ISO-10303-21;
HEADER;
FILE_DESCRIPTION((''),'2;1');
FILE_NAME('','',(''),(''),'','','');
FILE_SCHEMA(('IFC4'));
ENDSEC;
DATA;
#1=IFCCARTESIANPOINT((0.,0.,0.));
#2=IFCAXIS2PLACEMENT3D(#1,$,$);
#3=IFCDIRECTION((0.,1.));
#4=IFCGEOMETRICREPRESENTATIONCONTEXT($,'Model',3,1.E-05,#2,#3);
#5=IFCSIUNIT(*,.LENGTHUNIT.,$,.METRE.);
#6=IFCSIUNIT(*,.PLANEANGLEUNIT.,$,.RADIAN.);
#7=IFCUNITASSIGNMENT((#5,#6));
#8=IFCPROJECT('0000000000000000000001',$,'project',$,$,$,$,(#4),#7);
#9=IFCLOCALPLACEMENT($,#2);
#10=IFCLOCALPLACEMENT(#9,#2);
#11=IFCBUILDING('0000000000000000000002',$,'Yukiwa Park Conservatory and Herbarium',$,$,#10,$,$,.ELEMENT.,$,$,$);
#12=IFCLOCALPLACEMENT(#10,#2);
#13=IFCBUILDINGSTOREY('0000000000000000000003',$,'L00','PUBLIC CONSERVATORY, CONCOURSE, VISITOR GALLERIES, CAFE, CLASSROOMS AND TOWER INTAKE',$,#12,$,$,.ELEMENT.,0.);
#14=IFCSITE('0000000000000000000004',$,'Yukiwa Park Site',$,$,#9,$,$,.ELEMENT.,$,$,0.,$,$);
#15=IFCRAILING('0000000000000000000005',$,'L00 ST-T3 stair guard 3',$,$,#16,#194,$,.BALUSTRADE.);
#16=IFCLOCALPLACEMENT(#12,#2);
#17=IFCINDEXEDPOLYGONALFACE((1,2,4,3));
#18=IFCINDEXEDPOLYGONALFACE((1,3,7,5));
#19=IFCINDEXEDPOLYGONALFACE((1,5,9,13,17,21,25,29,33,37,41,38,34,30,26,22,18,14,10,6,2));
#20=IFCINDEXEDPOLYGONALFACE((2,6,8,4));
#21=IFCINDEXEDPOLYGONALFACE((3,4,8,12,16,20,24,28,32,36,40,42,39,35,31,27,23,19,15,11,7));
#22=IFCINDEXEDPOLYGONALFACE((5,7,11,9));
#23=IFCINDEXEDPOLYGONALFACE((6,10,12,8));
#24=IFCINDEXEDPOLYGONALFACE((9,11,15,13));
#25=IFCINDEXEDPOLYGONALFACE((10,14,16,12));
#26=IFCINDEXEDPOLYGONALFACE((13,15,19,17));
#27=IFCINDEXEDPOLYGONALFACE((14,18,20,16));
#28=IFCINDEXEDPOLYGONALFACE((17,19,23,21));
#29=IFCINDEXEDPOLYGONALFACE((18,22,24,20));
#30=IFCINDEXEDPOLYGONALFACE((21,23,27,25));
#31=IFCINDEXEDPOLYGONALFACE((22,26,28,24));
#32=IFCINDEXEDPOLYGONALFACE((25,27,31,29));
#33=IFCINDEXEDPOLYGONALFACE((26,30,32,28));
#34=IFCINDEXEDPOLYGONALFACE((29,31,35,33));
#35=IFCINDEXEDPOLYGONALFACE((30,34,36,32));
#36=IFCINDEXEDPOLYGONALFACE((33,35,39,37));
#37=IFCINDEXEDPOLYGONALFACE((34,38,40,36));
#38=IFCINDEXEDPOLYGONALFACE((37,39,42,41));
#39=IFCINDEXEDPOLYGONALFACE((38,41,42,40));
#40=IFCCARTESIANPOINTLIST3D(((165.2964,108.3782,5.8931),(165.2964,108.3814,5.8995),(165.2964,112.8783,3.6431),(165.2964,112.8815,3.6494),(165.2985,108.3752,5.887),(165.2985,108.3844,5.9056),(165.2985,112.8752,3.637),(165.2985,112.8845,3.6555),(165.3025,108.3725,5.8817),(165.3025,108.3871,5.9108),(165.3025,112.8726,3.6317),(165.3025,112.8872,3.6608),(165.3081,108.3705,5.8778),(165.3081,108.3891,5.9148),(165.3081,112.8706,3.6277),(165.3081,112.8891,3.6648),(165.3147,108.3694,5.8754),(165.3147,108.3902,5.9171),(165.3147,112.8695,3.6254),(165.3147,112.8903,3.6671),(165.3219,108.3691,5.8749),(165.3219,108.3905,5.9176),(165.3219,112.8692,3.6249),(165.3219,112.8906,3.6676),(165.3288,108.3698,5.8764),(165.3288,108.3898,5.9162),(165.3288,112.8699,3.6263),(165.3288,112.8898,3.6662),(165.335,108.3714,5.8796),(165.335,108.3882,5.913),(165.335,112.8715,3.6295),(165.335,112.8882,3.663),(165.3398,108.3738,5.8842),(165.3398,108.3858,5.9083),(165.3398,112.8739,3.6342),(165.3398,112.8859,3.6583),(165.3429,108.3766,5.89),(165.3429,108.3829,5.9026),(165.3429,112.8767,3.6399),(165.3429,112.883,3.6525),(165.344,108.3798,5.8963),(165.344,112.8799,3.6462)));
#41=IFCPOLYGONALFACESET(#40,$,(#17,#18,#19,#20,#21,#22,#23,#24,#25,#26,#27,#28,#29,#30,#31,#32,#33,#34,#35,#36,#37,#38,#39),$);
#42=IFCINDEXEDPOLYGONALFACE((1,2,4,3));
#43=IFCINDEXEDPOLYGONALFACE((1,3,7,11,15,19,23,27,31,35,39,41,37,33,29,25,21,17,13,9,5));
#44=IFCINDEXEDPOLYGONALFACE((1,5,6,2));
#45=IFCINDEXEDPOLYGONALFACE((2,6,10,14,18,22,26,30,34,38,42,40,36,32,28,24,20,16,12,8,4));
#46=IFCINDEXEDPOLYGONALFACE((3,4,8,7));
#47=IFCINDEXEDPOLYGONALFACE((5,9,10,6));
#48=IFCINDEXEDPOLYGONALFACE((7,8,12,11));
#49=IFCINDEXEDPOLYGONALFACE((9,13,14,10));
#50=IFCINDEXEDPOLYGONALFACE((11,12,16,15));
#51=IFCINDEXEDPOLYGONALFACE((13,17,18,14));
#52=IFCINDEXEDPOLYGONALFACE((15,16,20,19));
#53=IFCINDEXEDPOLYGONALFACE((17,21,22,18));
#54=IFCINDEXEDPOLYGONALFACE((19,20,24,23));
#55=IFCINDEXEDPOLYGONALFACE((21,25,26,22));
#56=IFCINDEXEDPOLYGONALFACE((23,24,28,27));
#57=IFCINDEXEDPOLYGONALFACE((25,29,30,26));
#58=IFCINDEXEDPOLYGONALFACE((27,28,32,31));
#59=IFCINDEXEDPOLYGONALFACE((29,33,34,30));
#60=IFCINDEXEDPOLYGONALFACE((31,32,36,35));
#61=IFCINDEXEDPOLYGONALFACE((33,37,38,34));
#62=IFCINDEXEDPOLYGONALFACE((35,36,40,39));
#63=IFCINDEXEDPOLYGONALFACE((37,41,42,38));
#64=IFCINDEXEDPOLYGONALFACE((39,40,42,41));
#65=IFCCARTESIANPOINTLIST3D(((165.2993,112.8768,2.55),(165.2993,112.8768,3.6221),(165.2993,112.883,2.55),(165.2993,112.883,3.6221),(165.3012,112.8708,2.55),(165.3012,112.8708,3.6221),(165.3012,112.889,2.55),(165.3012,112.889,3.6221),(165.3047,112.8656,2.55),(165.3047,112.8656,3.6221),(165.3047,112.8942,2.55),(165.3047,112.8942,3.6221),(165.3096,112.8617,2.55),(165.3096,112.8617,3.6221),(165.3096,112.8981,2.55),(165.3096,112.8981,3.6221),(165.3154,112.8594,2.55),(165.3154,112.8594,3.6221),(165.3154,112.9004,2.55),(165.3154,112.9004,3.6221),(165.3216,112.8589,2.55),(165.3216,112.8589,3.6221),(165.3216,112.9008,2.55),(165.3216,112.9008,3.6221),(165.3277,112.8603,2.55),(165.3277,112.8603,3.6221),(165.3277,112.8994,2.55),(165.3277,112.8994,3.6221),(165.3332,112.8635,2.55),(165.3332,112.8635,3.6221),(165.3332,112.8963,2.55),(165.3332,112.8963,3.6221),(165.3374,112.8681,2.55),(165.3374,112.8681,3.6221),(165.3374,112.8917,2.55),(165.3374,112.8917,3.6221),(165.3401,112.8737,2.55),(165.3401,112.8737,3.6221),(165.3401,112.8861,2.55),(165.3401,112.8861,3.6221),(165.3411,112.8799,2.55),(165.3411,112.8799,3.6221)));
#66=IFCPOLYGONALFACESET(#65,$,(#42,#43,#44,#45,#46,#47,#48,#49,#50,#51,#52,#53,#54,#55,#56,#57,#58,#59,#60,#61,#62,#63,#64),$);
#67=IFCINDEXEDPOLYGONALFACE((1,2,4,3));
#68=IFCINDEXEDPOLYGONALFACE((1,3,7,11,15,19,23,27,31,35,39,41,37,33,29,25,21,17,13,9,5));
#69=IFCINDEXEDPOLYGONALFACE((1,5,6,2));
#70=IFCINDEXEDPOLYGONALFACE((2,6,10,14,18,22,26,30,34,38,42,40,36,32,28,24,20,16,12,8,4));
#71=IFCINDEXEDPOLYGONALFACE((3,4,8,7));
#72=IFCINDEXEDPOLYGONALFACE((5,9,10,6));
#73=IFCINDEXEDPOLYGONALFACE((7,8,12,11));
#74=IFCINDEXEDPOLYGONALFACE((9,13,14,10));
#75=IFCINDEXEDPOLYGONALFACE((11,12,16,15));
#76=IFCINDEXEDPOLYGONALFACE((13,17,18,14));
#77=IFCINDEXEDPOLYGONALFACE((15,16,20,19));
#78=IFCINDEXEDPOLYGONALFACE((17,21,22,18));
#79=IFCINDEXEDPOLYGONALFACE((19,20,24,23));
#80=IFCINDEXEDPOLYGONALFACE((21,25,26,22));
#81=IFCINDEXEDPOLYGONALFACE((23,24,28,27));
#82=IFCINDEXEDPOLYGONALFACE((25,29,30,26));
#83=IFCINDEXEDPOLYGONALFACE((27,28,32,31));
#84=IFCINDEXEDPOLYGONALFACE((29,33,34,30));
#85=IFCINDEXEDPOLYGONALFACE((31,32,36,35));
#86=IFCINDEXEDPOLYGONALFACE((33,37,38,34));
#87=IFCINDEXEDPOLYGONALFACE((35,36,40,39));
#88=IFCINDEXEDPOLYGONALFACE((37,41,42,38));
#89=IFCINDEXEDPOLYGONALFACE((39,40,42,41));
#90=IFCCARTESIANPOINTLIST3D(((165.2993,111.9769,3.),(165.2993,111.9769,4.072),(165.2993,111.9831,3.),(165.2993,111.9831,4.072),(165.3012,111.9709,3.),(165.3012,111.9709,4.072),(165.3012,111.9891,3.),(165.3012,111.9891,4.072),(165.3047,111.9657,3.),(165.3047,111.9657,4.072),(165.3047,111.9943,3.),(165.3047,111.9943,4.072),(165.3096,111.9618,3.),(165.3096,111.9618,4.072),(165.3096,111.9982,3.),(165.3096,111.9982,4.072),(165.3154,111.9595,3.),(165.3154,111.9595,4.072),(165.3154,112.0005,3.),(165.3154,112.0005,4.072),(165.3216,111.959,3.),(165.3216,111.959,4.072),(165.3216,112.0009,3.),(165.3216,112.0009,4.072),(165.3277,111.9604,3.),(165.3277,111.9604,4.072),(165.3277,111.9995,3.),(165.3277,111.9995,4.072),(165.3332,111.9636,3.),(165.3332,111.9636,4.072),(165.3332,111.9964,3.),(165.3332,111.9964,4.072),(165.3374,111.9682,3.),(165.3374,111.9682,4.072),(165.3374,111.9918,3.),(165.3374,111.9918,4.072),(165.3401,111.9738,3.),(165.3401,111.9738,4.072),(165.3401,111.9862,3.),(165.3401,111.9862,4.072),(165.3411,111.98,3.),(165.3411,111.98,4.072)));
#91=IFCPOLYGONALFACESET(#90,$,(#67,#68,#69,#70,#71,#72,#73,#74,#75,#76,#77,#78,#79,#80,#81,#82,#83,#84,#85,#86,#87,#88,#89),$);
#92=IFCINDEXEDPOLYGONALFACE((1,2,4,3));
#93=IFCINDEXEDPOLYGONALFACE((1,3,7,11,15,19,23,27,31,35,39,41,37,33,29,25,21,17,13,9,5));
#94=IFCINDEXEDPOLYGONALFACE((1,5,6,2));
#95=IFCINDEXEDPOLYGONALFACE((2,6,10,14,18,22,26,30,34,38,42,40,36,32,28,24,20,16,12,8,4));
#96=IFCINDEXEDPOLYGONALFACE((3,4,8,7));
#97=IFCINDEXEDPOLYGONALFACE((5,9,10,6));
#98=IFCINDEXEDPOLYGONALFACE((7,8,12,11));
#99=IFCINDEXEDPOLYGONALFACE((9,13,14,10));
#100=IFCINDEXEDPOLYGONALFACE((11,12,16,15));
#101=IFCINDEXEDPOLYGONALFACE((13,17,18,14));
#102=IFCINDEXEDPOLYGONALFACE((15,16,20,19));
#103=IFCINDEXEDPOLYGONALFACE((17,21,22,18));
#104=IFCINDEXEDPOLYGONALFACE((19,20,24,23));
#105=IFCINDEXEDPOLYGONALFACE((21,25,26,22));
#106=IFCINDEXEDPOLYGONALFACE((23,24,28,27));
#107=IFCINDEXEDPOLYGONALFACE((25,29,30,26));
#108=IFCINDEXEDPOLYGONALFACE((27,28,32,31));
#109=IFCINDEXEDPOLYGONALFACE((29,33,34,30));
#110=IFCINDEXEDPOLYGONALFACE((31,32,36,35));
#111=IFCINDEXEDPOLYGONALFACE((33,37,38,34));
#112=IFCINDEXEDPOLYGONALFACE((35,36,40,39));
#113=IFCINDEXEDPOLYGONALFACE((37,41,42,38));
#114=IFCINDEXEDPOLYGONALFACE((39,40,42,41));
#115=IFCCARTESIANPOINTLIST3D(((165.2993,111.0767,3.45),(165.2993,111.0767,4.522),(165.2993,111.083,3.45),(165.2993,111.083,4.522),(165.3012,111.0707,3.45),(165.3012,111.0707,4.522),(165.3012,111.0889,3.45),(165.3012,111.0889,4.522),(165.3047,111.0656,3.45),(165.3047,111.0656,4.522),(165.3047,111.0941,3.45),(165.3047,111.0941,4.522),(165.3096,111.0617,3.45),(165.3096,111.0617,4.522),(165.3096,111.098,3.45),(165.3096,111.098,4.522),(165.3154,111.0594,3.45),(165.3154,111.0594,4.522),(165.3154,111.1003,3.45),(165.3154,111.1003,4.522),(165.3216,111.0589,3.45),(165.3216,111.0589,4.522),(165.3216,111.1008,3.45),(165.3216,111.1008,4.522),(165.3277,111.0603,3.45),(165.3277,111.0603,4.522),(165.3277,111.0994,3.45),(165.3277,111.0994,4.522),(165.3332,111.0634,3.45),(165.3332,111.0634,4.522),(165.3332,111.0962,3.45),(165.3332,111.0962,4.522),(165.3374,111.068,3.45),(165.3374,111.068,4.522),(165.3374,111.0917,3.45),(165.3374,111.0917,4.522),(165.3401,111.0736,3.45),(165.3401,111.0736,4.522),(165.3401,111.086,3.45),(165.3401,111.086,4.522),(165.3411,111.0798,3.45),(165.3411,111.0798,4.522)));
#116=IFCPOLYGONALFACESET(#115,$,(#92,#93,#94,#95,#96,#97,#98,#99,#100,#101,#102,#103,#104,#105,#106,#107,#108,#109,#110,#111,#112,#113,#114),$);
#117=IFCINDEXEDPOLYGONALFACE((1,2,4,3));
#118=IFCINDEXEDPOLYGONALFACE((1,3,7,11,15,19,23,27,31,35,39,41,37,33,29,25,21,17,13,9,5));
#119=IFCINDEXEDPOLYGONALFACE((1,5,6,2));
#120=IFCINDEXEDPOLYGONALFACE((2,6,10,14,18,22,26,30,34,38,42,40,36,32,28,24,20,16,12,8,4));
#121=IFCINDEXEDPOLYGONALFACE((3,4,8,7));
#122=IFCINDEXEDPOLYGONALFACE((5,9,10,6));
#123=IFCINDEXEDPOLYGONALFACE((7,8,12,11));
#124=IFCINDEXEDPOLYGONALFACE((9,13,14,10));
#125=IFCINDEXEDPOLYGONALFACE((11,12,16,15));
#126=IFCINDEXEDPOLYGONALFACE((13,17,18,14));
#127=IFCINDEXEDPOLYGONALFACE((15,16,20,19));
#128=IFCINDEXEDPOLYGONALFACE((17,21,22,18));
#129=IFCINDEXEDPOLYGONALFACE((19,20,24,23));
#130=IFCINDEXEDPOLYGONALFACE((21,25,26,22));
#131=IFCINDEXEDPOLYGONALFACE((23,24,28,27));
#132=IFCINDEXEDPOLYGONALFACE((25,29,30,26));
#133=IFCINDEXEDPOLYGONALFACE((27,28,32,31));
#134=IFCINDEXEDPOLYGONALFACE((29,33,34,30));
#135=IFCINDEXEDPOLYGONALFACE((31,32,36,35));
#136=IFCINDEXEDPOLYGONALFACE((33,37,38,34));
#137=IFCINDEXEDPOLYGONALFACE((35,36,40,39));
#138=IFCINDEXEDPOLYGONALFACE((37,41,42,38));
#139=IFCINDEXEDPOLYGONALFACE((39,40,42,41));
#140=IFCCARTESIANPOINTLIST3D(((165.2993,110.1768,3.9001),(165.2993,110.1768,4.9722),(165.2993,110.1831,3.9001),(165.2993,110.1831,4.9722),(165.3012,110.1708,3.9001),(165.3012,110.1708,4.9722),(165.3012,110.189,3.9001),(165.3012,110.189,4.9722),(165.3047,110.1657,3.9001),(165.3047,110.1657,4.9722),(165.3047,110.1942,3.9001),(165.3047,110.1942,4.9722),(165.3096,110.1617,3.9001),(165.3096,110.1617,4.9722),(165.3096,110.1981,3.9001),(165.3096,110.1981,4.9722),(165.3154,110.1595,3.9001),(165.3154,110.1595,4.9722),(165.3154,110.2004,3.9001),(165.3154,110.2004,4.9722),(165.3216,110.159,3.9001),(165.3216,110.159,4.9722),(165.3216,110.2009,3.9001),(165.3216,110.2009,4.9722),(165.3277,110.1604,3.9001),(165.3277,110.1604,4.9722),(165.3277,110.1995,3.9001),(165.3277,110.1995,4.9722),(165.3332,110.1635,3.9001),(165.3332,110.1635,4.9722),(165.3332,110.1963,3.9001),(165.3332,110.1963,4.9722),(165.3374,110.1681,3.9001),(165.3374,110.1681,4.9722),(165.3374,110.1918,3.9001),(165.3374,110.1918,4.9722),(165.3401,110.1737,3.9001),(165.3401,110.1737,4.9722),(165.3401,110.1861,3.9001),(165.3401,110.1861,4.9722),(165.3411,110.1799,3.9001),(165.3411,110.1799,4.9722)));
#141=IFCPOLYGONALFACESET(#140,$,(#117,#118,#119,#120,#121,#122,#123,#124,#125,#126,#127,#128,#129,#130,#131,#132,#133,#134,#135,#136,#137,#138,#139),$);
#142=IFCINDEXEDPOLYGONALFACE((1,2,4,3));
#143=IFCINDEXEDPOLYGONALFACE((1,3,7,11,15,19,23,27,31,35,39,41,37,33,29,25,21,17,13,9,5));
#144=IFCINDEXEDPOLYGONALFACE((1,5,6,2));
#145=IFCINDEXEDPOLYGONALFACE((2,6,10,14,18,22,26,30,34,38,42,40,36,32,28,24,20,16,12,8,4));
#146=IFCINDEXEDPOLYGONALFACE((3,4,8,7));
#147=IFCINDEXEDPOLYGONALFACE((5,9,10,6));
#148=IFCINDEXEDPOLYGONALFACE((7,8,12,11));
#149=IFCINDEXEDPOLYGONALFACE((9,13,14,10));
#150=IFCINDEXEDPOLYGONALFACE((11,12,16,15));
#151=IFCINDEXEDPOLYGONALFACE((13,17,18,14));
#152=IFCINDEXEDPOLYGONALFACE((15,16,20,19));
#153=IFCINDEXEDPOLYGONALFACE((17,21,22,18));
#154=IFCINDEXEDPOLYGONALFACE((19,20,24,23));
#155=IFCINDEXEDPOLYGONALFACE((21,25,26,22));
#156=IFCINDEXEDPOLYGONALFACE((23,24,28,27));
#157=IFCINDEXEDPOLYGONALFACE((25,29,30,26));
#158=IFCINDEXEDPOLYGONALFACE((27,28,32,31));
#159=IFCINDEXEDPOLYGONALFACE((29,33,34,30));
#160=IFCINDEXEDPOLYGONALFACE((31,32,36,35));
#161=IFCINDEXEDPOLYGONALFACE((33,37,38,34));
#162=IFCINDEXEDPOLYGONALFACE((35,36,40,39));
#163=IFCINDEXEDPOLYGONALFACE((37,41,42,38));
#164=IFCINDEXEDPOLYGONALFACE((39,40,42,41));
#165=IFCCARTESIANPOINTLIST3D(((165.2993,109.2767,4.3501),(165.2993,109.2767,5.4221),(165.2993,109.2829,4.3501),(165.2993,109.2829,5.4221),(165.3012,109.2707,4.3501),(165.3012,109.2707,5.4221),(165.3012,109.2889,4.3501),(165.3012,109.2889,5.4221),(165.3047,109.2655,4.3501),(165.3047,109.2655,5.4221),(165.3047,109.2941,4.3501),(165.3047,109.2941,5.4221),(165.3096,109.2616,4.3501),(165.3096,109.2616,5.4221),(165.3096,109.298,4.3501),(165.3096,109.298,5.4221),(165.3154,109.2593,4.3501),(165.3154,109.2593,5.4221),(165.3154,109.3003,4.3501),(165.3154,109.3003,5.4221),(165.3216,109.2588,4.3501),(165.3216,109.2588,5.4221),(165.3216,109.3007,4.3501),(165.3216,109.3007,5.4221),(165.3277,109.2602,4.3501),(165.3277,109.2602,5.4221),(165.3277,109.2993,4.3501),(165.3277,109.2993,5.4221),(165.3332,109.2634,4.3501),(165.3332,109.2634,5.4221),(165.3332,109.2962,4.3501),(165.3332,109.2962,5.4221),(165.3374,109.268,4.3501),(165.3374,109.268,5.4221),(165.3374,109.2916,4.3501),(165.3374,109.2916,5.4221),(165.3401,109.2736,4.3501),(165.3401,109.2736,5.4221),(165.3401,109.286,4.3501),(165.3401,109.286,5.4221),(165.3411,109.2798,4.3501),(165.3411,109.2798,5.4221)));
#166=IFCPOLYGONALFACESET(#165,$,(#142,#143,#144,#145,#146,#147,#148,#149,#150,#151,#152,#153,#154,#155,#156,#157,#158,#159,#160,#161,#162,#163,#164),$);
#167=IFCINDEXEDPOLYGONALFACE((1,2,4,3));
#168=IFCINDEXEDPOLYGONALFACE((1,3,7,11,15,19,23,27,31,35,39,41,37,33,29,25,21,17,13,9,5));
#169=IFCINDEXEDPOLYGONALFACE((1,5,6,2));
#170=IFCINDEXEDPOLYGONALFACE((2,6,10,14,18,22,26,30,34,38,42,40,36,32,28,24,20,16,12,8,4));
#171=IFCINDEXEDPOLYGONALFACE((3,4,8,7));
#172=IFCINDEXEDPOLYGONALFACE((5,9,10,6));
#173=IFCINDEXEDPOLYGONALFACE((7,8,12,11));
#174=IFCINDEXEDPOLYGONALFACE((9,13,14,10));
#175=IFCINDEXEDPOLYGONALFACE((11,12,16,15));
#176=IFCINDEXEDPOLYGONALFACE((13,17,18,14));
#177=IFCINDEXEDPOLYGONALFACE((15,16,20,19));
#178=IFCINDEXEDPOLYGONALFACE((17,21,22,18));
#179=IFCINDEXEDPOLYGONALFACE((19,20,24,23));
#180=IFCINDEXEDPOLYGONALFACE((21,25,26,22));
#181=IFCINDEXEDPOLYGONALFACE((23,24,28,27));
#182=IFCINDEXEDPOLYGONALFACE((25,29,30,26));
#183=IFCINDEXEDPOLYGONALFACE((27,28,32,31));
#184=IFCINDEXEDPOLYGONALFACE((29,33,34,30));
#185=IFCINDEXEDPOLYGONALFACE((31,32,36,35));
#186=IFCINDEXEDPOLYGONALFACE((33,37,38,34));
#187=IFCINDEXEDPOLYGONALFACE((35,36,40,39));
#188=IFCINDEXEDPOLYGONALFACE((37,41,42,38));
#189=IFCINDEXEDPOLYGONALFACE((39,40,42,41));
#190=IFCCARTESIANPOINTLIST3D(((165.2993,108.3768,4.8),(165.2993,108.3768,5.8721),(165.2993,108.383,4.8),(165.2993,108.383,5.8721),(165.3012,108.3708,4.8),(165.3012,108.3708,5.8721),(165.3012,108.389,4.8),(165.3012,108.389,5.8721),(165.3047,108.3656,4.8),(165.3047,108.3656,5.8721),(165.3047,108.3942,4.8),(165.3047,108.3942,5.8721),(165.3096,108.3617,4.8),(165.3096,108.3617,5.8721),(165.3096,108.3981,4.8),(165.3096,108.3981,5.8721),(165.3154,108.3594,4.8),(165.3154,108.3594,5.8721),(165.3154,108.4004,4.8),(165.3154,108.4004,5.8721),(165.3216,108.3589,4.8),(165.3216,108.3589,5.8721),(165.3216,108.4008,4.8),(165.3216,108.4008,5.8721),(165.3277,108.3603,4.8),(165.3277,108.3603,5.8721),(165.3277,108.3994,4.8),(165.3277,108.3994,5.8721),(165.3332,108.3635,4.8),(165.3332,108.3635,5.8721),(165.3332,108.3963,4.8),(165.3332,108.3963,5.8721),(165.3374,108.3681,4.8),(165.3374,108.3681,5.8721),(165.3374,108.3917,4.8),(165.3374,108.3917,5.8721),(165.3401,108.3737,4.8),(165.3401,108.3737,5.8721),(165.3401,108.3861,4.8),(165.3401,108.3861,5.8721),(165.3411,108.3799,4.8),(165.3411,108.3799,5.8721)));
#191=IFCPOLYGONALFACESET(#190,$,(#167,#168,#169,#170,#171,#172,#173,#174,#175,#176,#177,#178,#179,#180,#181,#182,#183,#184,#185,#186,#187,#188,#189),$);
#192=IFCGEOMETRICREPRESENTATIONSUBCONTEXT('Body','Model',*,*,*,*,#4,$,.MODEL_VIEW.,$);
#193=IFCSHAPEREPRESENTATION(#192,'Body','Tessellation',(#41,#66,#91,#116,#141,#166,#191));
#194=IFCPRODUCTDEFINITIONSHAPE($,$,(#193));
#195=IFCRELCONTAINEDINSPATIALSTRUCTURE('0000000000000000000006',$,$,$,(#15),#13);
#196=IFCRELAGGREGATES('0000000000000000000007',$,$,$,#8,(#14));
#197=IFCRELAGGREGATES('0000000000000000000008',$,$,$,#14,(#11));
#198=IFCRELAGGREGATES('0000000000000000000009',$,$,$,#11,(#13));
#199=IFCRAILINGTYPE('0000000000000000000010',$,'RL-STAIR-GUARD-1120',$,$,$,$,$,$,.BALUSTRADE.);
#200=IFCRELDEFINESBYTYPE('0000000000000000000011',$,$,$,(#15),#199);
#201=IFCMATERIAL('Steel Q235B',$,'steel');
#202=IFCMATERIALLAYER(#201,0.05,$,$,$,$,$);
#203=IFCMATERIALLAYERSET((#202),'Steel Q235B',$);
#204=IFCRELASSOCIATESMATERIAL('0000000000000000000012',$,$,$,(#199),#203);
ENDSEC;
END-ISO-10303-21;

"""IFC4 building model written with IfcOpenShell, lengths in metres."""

from ifc_helpers import new_model, si_unit, direction, frame, origin, origin_2d, place, context, subcontext, project, spatial, circle, extrude, material, layer, layer_set, type_object, element, save


model = new_model("IFC4")

# Units and contexts
model_context = context("Model", 3, precision=1e-05, world=origin(), true_north=direction((0.0, 1.0)))
body_context = subcontext(model_context, "Body", "Model", "MODEL_VIEW")
ifc_project = project(units=[si_unit("LENGTHUNIT", "METRE"), si_unit("PLANEANGLEUNIT", "RADIAN")], contexts=[model_context])

# Site, building, storey
site_placement = place(None, origin())
site = spatial("IfcSite", under=ifc_project, at=site_placement, Name="Yukiwa Park Site", CompositionType="ELEMENT", RefElevation=0.0)
building_placement = place(site_placement, origin())
building = spatial("IfcBuilding", under=site, at=building_placement, Name="Yukiwa Park Conservatory and Herbarium", CompositionType="ELEMENT")
storey_placement = place(building_placement, origin())
storey = spatial("IfcBuildingStorey", under=building, at=storey_placement, Name="L00", Description="PUBLIC CONSERVATORY, CONCOURSE, VISITOR GALLERIES, CAFE, CLASSROOMS AND TOWER INTAKE", CompositionType="ELEMENT", Elevation=0.0)

# Railing
ifc_material_1 = material(Name="Steel Q235B", Category="steel")
ifc_layer_1 = layer(ifc_material_1, 0.05)
ifc_layer_set_1 = layer_set([ifc_layer_1], Name="Steel Q235B")
railing_type_1 = type_object("IfcRailingType", Name="RL-STAIR-GUARD-1120", PredefinedType="BALUSTRADE", material=ifc_layer_set_1)
railing_1_placement = place(storey_placement, frame((165.3201, 112.8799, 2.55)))
element("IfcRailing", 1, at=railing_1_placement, inside=storey, type_object=railing_type_1, Name="L00 ST-T3 stair guard 3", PredefinedType="BALUSTRADE", context=body_context, shape_type="SweptSolid", body=[
    extrude(circle(Radius=0.0239, at=origin_2d()), frame((0.0, 0.0, 1.0962), z_axis=(0.0, -0.894427, 0.447214), x_axis=(1.0, 0.0, 0.0)), (0.0, 0.0, 1.0), 5.0312),
    extrude(circle(Radius=0.021, at=origin_2d()), origin(), (0.0, 0.0, 1.0), 1.072),
    extrude(circle(Radius=0.021, at=origin_2d()), frame((0.0, -0.8999, 0.45)), (0.0, 0.0, 1.0), 1.072),
    extrude(circle(Radius=0.021, at=origin_2d()), frame((0.0, -1.8, 0.8999)), (0.0, 0.0, 1.0), 1.072),
    extrude(circle(Radius=0.021, at=origin_2d()), frame((0.0, -2.7, 1.3501)), (0.0, 0.0, 1.0), 1.072),
    extrude(circle(Radius=0.021, at=origin_2d()), frame((0.0, -3.6001, 1.8)), (0.0, 0.0, 1.0), 1.072),
    extrude(circle(Radius=0.021, at=origin_2d()), frame((0.0, -4.5, 2.25)), (0.0, 0.0, 1.0), 1.072),
])

save(model, "model.ifc")
